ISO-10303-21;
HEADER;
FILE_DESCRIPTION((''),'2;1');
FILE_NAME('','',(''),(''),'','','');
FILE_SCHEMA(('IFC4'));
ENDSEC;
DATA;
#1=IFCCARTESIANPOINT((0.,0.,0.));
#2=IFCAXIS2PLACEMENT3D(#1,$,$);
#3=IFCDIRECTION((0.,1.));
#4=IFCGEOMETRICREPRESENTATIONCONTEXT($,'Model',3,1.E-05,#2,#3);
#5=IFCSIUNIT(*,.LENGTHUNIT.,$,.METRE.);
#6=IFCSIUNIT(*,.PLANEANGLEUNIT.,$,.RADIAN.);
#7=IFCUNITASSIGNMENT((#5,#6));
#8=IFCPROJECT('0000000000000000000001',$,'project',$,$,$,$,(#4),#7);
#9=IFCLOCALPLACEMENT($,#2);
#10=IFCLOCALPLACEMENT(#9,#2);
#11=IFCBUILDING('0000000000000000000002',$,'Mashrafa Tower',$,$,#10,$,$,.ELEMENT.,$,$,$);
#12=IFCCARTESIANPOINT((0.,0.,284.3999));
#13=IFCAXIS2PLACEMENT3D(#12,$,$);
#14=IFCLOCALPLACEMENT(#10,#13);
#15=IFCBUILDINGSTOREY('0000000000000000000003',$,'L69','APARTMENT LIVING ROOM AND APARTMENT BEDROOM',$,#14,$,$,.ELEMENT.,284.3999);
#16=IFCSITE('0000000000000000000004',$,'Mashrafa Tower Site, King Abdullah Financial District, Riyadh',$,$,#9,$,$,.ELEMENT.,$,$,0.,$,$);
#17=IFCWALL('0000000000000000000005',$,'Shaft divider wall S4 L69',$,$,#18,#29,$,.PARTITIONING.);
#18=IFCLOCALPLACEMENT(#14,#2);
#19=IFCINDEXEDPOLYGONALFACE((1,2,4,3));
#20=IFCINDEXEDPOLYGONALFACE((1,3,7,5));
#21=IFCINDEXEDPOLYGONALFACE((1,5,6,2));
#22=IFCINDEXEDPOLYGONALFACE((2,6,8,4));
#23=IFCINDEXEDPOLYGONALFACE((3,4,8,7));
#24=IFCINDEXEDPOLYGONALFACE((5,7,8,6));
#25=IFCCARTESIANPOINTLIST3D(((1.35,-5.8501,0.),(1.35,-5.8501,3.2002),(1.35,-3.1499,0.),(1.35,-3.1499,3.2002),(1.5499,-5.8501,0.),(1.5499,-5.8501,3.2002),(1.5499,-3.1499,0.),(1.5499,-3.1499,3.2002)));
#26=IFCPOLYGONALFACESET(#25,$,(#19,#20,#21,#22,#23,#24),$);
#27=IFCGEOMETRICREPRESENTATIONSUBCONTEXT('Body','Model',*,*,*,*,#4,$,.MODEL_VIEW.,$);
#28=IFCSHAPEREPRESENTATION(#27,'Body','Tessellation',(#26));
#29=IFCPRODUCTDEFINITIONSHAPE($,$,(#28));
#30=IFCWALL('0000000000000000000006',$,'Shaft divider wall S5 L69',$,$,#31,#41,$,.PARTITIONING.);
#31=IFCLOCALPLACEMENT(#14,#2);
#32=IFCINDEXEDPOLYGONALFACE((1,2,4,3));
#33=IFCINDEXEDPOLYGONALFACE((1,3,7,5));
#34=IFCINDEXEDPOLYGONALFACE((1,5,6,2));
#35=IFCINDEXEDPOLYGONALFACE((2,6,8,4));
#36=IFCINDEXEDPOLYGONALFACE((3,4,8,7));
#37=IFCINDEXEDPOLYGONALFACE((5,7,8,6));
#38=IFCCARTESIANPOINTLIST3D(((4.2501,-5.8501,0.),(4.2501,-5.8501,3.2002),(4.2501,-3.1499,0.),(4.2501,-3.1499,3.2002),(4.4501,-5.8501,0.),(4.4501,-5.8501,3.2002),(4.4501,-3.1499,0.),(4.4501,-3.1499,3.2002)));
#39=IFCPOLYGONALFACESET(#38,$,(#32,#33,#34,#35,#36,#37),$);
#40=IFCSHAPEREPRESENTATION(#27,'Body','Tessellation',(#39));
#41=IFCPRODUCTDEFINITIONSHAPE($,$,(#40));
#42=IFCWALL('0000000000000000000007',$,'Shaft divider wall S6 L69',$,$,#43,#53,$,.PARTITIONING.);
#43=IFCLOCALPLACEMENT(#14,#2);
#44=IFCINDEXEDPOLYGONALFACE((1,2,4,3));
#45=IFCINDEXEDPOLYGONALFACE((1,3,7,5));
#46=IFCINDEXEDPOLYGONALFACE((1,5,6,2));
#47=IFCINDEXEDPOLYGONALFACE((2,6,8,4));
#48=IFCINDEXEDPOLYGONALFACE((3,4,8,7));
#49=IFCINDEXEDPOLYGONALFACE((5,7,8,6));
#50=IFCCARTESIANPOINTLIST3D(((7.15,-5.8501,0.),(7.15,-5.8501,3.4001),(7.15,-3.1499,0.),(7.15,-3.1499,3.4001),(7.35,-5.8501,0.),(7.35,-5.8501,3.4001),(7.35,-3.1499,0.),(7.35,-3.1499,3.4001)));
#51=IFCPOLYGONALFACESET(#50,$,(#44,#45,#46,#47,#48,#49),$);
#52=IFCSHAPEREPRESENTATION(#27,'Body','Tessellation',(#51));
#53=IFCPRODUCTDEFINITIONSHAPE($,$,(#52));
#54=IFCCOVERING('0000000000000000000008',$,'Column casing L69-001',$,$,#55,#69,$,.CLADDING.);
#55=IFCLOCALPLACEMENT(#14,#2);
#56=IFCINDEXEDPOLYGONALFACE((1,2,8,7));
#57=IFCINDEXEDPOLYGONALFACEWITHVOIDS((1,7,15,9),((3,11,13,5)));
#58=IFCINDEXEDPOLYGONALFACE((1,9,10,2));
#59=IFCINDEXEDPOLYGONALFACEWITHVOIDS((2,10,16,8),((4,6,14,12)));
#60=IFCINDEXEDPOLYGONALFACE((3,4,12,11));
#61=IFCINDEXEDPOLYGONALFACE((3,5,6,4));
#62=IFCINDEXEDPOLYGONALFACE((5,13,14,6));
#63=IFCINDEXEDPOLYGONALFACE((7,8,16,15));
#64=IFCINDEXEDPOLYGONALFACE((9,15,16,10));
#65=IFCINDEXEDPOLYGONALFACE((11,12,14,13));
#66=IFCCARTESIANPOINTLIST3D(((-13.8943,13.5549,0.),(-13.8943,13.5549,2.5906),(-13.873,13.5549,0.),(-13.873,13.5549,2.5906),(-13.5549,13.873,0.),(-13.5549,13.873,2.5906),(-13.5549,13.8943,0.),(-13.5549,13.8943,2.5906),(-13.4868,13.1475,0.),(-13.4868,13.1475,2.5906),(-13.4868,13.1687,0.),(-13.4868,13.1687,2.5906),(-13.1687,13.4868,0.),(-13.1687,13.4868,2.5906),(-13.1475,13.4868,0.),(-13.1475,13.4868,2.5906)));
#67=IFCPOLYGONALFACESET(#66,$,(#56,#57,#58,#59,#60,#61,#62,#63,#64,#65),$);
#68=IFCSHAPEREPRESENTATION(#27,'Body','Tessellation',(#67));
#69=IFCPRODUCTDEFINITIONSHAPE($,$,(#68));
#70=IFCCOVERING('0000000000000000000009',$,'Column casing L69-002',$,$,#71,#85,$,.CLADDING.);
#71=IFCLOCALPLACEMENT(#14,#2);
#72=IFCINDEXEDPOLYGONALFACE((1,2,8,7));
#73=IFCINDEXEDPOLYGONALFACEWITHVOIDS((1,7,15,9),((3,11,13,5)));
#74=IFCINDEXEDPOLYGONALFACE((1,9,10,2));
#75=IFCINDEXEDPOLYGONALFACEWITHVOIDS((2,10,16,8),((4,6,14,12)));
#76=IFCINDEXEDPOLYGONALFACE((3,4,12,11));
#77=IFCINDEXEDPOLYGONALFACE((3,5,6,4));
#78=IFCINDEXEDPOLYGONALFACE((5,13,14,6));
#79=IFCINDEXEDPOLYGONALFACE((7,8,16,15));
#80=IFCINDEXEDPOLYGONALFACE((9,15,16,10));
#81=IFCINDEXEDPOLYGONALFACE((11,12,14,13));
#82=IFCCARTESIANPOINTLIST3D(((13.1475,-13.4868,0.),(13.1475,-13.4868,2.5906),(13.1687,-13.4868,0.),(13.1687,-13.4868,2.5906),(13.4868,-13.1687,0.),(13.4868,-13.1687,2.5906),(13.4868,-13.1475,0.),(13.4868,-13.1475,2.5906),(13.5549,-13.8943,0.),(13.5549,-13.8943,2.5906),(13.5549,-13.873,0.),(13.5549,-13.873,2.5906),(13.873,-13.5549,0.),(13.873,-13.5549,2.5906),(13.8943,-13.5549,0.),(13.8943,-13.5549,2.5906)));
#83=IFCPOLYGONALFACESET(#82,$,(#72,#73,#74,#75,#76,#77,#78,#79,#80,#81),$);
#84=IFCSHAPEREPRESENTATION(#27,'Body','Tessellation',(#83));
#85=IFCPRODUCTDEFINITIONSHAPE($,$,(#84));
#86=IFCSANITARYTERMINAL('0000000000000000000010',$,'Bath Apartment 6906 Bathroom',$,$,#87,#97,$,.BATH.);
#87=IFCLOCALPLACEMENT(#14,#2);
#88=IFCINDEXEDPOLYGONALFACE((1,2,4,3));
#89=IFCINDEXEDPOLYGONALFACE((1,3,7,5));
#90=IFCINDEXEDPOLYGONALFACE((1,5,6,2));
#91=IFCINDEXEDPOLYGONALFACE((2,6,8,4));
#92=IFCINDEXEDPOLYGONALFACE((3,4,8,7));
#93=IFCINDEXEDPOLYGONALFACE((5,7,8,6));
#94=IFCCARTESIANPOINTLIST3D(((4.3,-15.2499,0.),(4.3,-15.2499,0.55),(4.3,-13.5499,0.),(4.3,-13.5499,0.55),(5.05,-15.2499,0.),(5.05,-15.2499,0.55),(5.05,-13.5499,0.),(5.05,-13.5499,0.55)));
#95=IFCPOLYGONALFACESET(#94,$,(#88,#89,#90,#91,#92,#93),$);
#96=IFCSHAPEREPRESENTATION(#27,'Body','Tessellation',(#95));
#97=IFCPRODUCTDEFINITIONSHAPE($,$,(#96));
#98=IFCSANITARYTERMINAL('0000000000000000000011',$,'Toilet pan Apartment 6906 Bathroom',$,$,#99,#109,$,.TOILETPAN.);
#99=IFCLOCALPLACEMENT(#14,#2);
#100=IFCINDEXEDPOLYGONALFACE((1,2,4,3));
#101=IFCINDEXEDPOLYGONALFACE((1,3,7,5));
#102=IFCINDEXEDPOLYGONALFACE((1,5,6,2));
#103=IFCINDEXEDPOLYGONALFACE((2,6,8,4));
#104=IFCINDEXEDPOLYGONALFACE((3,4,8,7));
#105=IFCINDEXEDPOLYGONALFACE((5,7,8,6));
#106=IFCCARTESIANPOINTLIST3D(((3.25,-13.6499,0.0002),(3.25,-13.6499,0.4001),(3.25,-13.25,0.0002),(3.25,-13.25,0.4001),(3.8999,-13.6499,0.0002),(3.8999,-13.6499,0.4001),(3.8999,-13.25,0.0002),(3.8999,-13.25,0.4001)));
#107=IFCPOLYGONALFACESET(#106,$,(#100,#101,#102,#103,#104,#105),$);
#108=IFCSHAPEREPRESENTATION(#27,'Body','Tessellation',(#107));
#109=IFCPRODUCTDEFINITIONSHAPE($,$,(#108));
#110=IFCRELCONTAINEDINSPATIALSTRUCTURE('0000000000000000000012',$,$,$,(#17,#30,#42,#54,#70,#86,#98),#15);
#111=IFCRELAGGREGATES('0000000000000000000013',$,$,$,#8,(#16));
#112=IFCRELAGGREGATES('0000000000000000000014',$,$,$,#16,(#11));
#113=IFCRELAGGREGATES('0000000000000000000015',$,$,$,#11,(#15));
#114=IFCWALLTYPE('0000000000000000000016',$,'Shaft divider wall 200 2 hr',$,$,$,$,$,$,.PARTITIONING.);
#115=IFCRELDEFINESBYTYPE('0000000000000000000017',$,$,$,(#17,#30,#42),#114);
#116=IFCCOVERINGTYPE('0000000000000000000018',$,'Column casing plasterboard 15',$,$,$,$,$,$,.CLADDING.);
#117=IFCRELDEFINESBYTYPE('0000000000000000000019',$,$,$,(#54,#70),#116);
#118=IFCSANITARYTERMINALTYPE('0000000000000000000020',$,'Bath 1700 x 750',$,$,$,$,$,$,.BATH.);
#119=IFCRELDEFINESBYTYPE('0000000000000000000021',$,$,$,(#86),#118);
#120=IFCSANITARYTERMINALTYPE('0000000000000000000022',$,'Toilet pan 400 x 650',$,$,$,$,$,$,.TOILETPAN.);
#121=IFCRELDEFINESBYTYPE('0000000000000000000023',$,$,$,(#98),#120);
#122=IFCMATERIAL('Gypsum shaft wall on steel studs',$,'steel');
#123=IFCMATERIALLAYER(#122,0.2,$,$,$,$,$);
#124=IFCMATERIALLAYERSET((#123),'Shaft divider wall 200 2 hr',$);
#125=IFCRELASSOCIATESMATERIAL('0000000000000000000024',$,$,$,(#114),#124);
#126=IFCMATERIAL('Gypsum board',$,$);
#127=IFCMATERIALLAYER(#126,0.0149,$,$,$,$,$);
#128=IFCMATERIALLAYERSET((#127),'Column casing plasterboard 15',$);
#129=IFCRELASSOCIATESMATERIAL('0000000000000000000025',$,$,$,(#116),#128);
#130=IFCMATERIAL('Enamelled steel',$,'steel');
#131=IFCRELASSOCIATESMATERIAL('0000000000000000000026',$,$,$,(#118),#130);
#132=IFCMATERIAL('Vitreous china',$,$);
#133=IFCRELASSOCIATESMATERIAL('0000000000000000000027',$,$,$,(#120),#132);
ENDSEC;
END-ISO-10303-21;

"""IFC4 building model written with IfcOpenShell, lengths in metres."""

from ifc_helpers import new_model, si_unit, direction, frame, frame_2d, origin, origin_2d, place, context, subcontext, project, spatial, polyline, rectangle, outline, extrude, material, layer, layer_set, type_object, element, save


model = new_model("IFC4")

# Units and contexts
model_context = context("Model", 3, precision=1e-05, world=origin(), true_north=direction((0.0, 1.0)))
body_context = subcontext(model_context, "Body", "Model", "MODEL_VIEW")
ifc_project = project(units=[si_unit("LENGTHUNIT", "METRE"), si_unit("PLANEANGLEUNIT", "RADIAN")], contexts=[model_context])

# Site, building, storey
site_placement = place(None, origin())
site = spatial("IfcSite", under=ifc_project, at=site_placement, Name="Mashrafa Tower Site, King Abdullah Financial District, Riyadh", CompositionType="ELEMENT", RefElevation=0.0)
building_placement = place(site_placement, origin())
building = spatial("IfcBuilding", under=site, at=building_placement, Name="Mashrafa Tower", CompositionType="ELEMENT")
storey_placement = place(building_placement, frame((0.0, 0.0, 284.3999)))
storey = spatial("IfcBuildingStorey", under=building, at=storey_placement, Name="L69", Description="APARTMENT LIVING ROOM AND APARTMENT BEDROOM", CompositionType="ELEMENT", Elevation=284.3999)

# Walls
ifc_material_1 = material(Name="Gypsum shaft wall on steel studs", Category="steel")
ifc_layer_1 = layer(ifc_material_1, 0.2)
ifc_layer_set_1 = layer_set([ifc_layer_1], Name="Shaft divider wall 200 2 hr")
wall_type_1 = type_object("IfcWallType", Name="Shaft divider wall 200 2 hr", PredefinedType="PARTITIONING", material=ifc_layer_set_1)
for number, where, z_axis, x_axis, name in (
    (1, (1.45, -5.8501, 0.0), (0.0, 0.0, 1.0), (0.0, 1.0, 0.0), "Shaft divider wall S4 L69"),
    (2, (4.3501, -5.8501, 0.0), (0.0, 0.0, 1.0), (0.0, 1.0, 0.0), "Shaft divider wall S5 L69"),
):
    element("IfcWall", number, at=place(storey_placement, frame(where, z_axis=z_axis, x_axis=x_axis)), inside=storey, type_object=wall_type_1, Name=name, PredefinedType="PARTITIONING", context=body_context, shape_type="SweptSolid", body=[
        extrude(rectangle(XDim=2.7002, YDim=0.2, at=frame_2d((1.3501, 0.0))), origin(), (0.0, 0.0, 1.0), 3.2002),
    ])
wall_1_placement = place(storey_placement, frame((7.25, -5.8501, 0.0), z_axis=(0.0, 0.0, 1.0), x_axis=(0.0, 1.0, 0.0)))
element("IfcWall", 3, at=wall_1_placement, inside=storey, type_object=wall_type_1, Name="Shaft divider wall S6 L69", PredefinedType="PARTITIONING", context=body_context, shape_type="SweptSolid", body=[
    extrude(rectangle(XDim=2.7002, YDim=0.2, at=frame_2d((1.3501, 0.0))), origin(), (0.0, 0.0, 1.0), 3.4001),
])

# Coverings
ifc_material_2 = material(Name="Gypsum board")
ifc_layer_2 = layer(ifc_material_2, 0.0149)
ifc_layer_set_2 = layer_set([ifc_layer_2], Name="Column casing plasterboard 15")
covering_type = type_object("IfcCoveringType", Name="Column casing plasterboard 15", PredefinedType="CLADDING", material=ifc_layer_set_2)
covering_1_placement = place(storey_placement, origin())
element("IfcCovering", 4, at=covering_1_placement, inside=storey, type_object=covering_type, Name="Column casing L69-001", PredefinedType="CLADDING", context=body_context, shape_type="SweptSolid", body=[
    extrude(outline(polyline([(-13.8943, 13.5549), (-13.5549, 13.8943), (-13.1475, 13.4868), (-13.4868, 13.1475), (-13.8943, 13.5549)]), holes=[polyline([(-13.1687, 13.4868), (-13.5549, 13.873), (-13.873, 13.5549), (-13.4868, 13.1687), (-13.1687, 13.4868)])]), origin(), (0.0, 0.0, 1.0), 2.5906),
])
covering_2_placement = place(storey_placement, origin())
element("IfcCovering", 5, at=covering_2_placement, inside=storey, type_object=covering_type, Name="Column casing L69-002", PredefinedType="CLADDING", context=body_context, shape_type="SweptSolid", body=[
    extrude(outline(polyline([(13.1475, -13.4868), (13.4868, -13.1475), (13.8943, -13.5549), (13.5549, -13.8943), (13.1475, -13.4868)]), holes=[polyline([(13.873, -13.5549), (13.4868, -13.1687), (13.1687, -13.4868), (13.5549, -13.873), (13.873, -13.5549)])]), origin(), (0.0, 0.0, 1.0), 2.5906),
])

# Sanitary terminals
ifc_material_3 = material(Name="Enamelled steel", Category="steel")
sanitary_terminal_type_1 = type_object("IfcSanitaryTerminalType", Name="Bath 1700 x 750", PredefinedType="BATH", material=ifc_material_3)
sanitary_terminal_1_placement = place(storey_placement, frame((4.675, -14.3999, 0.0), z_axis=(0.0, 0.0, 1.0), x_axis=(0.0, 1.0, 0.0)))
element("IfcSanitaryTerminal", 6, at=sanitary_terminal_1_placement, inside=storey, type_object=sanitary_terminal_type_1, Name="Bath Apartment 6906 Bathroom", PredefinedType="BATH", context=body_context, shape_type="SweptSolid", body=[
    extrude(rectangle(XDim=1.7, YDim=0.75, at=origin_2d()), origin(), (0.0, 0.0, 1.0), 0.55),
])
ifc_material_4 = material(Name="Vitreous china")
sanitary_terminal_type_2 = type_object("IfcSanitaryTerminalType", Name="Toilet pan 400 x 650", PredefinedType="TOILETPAN", material=ifc_material_4)
sanitary_terminal_2_placement = place(storey_placement, frame((3.575, -13.45, 0.0002), z_axis=(0.0, 0.0, 1.0), x_axis=(0.0, -1.0, 0.0)))
element("IfcSanitaryTerminal", 7, at=sanitary_terminal_2_placement, inside=storey, type_object=sanitary_terminal_type_2, Name="Toilet pan Apartment 6906 Bathroom", PredefinedType="TOILETPAN", context=body_context, shape_type="SweptSolid", body=[
    extrude(rectangle(XDim=0.3999, YDim=0.6499, at=origin_2d()), origin(), (0.0, 0.0, 1.0), 0.3999),
])

save(model, "model.ifc")
